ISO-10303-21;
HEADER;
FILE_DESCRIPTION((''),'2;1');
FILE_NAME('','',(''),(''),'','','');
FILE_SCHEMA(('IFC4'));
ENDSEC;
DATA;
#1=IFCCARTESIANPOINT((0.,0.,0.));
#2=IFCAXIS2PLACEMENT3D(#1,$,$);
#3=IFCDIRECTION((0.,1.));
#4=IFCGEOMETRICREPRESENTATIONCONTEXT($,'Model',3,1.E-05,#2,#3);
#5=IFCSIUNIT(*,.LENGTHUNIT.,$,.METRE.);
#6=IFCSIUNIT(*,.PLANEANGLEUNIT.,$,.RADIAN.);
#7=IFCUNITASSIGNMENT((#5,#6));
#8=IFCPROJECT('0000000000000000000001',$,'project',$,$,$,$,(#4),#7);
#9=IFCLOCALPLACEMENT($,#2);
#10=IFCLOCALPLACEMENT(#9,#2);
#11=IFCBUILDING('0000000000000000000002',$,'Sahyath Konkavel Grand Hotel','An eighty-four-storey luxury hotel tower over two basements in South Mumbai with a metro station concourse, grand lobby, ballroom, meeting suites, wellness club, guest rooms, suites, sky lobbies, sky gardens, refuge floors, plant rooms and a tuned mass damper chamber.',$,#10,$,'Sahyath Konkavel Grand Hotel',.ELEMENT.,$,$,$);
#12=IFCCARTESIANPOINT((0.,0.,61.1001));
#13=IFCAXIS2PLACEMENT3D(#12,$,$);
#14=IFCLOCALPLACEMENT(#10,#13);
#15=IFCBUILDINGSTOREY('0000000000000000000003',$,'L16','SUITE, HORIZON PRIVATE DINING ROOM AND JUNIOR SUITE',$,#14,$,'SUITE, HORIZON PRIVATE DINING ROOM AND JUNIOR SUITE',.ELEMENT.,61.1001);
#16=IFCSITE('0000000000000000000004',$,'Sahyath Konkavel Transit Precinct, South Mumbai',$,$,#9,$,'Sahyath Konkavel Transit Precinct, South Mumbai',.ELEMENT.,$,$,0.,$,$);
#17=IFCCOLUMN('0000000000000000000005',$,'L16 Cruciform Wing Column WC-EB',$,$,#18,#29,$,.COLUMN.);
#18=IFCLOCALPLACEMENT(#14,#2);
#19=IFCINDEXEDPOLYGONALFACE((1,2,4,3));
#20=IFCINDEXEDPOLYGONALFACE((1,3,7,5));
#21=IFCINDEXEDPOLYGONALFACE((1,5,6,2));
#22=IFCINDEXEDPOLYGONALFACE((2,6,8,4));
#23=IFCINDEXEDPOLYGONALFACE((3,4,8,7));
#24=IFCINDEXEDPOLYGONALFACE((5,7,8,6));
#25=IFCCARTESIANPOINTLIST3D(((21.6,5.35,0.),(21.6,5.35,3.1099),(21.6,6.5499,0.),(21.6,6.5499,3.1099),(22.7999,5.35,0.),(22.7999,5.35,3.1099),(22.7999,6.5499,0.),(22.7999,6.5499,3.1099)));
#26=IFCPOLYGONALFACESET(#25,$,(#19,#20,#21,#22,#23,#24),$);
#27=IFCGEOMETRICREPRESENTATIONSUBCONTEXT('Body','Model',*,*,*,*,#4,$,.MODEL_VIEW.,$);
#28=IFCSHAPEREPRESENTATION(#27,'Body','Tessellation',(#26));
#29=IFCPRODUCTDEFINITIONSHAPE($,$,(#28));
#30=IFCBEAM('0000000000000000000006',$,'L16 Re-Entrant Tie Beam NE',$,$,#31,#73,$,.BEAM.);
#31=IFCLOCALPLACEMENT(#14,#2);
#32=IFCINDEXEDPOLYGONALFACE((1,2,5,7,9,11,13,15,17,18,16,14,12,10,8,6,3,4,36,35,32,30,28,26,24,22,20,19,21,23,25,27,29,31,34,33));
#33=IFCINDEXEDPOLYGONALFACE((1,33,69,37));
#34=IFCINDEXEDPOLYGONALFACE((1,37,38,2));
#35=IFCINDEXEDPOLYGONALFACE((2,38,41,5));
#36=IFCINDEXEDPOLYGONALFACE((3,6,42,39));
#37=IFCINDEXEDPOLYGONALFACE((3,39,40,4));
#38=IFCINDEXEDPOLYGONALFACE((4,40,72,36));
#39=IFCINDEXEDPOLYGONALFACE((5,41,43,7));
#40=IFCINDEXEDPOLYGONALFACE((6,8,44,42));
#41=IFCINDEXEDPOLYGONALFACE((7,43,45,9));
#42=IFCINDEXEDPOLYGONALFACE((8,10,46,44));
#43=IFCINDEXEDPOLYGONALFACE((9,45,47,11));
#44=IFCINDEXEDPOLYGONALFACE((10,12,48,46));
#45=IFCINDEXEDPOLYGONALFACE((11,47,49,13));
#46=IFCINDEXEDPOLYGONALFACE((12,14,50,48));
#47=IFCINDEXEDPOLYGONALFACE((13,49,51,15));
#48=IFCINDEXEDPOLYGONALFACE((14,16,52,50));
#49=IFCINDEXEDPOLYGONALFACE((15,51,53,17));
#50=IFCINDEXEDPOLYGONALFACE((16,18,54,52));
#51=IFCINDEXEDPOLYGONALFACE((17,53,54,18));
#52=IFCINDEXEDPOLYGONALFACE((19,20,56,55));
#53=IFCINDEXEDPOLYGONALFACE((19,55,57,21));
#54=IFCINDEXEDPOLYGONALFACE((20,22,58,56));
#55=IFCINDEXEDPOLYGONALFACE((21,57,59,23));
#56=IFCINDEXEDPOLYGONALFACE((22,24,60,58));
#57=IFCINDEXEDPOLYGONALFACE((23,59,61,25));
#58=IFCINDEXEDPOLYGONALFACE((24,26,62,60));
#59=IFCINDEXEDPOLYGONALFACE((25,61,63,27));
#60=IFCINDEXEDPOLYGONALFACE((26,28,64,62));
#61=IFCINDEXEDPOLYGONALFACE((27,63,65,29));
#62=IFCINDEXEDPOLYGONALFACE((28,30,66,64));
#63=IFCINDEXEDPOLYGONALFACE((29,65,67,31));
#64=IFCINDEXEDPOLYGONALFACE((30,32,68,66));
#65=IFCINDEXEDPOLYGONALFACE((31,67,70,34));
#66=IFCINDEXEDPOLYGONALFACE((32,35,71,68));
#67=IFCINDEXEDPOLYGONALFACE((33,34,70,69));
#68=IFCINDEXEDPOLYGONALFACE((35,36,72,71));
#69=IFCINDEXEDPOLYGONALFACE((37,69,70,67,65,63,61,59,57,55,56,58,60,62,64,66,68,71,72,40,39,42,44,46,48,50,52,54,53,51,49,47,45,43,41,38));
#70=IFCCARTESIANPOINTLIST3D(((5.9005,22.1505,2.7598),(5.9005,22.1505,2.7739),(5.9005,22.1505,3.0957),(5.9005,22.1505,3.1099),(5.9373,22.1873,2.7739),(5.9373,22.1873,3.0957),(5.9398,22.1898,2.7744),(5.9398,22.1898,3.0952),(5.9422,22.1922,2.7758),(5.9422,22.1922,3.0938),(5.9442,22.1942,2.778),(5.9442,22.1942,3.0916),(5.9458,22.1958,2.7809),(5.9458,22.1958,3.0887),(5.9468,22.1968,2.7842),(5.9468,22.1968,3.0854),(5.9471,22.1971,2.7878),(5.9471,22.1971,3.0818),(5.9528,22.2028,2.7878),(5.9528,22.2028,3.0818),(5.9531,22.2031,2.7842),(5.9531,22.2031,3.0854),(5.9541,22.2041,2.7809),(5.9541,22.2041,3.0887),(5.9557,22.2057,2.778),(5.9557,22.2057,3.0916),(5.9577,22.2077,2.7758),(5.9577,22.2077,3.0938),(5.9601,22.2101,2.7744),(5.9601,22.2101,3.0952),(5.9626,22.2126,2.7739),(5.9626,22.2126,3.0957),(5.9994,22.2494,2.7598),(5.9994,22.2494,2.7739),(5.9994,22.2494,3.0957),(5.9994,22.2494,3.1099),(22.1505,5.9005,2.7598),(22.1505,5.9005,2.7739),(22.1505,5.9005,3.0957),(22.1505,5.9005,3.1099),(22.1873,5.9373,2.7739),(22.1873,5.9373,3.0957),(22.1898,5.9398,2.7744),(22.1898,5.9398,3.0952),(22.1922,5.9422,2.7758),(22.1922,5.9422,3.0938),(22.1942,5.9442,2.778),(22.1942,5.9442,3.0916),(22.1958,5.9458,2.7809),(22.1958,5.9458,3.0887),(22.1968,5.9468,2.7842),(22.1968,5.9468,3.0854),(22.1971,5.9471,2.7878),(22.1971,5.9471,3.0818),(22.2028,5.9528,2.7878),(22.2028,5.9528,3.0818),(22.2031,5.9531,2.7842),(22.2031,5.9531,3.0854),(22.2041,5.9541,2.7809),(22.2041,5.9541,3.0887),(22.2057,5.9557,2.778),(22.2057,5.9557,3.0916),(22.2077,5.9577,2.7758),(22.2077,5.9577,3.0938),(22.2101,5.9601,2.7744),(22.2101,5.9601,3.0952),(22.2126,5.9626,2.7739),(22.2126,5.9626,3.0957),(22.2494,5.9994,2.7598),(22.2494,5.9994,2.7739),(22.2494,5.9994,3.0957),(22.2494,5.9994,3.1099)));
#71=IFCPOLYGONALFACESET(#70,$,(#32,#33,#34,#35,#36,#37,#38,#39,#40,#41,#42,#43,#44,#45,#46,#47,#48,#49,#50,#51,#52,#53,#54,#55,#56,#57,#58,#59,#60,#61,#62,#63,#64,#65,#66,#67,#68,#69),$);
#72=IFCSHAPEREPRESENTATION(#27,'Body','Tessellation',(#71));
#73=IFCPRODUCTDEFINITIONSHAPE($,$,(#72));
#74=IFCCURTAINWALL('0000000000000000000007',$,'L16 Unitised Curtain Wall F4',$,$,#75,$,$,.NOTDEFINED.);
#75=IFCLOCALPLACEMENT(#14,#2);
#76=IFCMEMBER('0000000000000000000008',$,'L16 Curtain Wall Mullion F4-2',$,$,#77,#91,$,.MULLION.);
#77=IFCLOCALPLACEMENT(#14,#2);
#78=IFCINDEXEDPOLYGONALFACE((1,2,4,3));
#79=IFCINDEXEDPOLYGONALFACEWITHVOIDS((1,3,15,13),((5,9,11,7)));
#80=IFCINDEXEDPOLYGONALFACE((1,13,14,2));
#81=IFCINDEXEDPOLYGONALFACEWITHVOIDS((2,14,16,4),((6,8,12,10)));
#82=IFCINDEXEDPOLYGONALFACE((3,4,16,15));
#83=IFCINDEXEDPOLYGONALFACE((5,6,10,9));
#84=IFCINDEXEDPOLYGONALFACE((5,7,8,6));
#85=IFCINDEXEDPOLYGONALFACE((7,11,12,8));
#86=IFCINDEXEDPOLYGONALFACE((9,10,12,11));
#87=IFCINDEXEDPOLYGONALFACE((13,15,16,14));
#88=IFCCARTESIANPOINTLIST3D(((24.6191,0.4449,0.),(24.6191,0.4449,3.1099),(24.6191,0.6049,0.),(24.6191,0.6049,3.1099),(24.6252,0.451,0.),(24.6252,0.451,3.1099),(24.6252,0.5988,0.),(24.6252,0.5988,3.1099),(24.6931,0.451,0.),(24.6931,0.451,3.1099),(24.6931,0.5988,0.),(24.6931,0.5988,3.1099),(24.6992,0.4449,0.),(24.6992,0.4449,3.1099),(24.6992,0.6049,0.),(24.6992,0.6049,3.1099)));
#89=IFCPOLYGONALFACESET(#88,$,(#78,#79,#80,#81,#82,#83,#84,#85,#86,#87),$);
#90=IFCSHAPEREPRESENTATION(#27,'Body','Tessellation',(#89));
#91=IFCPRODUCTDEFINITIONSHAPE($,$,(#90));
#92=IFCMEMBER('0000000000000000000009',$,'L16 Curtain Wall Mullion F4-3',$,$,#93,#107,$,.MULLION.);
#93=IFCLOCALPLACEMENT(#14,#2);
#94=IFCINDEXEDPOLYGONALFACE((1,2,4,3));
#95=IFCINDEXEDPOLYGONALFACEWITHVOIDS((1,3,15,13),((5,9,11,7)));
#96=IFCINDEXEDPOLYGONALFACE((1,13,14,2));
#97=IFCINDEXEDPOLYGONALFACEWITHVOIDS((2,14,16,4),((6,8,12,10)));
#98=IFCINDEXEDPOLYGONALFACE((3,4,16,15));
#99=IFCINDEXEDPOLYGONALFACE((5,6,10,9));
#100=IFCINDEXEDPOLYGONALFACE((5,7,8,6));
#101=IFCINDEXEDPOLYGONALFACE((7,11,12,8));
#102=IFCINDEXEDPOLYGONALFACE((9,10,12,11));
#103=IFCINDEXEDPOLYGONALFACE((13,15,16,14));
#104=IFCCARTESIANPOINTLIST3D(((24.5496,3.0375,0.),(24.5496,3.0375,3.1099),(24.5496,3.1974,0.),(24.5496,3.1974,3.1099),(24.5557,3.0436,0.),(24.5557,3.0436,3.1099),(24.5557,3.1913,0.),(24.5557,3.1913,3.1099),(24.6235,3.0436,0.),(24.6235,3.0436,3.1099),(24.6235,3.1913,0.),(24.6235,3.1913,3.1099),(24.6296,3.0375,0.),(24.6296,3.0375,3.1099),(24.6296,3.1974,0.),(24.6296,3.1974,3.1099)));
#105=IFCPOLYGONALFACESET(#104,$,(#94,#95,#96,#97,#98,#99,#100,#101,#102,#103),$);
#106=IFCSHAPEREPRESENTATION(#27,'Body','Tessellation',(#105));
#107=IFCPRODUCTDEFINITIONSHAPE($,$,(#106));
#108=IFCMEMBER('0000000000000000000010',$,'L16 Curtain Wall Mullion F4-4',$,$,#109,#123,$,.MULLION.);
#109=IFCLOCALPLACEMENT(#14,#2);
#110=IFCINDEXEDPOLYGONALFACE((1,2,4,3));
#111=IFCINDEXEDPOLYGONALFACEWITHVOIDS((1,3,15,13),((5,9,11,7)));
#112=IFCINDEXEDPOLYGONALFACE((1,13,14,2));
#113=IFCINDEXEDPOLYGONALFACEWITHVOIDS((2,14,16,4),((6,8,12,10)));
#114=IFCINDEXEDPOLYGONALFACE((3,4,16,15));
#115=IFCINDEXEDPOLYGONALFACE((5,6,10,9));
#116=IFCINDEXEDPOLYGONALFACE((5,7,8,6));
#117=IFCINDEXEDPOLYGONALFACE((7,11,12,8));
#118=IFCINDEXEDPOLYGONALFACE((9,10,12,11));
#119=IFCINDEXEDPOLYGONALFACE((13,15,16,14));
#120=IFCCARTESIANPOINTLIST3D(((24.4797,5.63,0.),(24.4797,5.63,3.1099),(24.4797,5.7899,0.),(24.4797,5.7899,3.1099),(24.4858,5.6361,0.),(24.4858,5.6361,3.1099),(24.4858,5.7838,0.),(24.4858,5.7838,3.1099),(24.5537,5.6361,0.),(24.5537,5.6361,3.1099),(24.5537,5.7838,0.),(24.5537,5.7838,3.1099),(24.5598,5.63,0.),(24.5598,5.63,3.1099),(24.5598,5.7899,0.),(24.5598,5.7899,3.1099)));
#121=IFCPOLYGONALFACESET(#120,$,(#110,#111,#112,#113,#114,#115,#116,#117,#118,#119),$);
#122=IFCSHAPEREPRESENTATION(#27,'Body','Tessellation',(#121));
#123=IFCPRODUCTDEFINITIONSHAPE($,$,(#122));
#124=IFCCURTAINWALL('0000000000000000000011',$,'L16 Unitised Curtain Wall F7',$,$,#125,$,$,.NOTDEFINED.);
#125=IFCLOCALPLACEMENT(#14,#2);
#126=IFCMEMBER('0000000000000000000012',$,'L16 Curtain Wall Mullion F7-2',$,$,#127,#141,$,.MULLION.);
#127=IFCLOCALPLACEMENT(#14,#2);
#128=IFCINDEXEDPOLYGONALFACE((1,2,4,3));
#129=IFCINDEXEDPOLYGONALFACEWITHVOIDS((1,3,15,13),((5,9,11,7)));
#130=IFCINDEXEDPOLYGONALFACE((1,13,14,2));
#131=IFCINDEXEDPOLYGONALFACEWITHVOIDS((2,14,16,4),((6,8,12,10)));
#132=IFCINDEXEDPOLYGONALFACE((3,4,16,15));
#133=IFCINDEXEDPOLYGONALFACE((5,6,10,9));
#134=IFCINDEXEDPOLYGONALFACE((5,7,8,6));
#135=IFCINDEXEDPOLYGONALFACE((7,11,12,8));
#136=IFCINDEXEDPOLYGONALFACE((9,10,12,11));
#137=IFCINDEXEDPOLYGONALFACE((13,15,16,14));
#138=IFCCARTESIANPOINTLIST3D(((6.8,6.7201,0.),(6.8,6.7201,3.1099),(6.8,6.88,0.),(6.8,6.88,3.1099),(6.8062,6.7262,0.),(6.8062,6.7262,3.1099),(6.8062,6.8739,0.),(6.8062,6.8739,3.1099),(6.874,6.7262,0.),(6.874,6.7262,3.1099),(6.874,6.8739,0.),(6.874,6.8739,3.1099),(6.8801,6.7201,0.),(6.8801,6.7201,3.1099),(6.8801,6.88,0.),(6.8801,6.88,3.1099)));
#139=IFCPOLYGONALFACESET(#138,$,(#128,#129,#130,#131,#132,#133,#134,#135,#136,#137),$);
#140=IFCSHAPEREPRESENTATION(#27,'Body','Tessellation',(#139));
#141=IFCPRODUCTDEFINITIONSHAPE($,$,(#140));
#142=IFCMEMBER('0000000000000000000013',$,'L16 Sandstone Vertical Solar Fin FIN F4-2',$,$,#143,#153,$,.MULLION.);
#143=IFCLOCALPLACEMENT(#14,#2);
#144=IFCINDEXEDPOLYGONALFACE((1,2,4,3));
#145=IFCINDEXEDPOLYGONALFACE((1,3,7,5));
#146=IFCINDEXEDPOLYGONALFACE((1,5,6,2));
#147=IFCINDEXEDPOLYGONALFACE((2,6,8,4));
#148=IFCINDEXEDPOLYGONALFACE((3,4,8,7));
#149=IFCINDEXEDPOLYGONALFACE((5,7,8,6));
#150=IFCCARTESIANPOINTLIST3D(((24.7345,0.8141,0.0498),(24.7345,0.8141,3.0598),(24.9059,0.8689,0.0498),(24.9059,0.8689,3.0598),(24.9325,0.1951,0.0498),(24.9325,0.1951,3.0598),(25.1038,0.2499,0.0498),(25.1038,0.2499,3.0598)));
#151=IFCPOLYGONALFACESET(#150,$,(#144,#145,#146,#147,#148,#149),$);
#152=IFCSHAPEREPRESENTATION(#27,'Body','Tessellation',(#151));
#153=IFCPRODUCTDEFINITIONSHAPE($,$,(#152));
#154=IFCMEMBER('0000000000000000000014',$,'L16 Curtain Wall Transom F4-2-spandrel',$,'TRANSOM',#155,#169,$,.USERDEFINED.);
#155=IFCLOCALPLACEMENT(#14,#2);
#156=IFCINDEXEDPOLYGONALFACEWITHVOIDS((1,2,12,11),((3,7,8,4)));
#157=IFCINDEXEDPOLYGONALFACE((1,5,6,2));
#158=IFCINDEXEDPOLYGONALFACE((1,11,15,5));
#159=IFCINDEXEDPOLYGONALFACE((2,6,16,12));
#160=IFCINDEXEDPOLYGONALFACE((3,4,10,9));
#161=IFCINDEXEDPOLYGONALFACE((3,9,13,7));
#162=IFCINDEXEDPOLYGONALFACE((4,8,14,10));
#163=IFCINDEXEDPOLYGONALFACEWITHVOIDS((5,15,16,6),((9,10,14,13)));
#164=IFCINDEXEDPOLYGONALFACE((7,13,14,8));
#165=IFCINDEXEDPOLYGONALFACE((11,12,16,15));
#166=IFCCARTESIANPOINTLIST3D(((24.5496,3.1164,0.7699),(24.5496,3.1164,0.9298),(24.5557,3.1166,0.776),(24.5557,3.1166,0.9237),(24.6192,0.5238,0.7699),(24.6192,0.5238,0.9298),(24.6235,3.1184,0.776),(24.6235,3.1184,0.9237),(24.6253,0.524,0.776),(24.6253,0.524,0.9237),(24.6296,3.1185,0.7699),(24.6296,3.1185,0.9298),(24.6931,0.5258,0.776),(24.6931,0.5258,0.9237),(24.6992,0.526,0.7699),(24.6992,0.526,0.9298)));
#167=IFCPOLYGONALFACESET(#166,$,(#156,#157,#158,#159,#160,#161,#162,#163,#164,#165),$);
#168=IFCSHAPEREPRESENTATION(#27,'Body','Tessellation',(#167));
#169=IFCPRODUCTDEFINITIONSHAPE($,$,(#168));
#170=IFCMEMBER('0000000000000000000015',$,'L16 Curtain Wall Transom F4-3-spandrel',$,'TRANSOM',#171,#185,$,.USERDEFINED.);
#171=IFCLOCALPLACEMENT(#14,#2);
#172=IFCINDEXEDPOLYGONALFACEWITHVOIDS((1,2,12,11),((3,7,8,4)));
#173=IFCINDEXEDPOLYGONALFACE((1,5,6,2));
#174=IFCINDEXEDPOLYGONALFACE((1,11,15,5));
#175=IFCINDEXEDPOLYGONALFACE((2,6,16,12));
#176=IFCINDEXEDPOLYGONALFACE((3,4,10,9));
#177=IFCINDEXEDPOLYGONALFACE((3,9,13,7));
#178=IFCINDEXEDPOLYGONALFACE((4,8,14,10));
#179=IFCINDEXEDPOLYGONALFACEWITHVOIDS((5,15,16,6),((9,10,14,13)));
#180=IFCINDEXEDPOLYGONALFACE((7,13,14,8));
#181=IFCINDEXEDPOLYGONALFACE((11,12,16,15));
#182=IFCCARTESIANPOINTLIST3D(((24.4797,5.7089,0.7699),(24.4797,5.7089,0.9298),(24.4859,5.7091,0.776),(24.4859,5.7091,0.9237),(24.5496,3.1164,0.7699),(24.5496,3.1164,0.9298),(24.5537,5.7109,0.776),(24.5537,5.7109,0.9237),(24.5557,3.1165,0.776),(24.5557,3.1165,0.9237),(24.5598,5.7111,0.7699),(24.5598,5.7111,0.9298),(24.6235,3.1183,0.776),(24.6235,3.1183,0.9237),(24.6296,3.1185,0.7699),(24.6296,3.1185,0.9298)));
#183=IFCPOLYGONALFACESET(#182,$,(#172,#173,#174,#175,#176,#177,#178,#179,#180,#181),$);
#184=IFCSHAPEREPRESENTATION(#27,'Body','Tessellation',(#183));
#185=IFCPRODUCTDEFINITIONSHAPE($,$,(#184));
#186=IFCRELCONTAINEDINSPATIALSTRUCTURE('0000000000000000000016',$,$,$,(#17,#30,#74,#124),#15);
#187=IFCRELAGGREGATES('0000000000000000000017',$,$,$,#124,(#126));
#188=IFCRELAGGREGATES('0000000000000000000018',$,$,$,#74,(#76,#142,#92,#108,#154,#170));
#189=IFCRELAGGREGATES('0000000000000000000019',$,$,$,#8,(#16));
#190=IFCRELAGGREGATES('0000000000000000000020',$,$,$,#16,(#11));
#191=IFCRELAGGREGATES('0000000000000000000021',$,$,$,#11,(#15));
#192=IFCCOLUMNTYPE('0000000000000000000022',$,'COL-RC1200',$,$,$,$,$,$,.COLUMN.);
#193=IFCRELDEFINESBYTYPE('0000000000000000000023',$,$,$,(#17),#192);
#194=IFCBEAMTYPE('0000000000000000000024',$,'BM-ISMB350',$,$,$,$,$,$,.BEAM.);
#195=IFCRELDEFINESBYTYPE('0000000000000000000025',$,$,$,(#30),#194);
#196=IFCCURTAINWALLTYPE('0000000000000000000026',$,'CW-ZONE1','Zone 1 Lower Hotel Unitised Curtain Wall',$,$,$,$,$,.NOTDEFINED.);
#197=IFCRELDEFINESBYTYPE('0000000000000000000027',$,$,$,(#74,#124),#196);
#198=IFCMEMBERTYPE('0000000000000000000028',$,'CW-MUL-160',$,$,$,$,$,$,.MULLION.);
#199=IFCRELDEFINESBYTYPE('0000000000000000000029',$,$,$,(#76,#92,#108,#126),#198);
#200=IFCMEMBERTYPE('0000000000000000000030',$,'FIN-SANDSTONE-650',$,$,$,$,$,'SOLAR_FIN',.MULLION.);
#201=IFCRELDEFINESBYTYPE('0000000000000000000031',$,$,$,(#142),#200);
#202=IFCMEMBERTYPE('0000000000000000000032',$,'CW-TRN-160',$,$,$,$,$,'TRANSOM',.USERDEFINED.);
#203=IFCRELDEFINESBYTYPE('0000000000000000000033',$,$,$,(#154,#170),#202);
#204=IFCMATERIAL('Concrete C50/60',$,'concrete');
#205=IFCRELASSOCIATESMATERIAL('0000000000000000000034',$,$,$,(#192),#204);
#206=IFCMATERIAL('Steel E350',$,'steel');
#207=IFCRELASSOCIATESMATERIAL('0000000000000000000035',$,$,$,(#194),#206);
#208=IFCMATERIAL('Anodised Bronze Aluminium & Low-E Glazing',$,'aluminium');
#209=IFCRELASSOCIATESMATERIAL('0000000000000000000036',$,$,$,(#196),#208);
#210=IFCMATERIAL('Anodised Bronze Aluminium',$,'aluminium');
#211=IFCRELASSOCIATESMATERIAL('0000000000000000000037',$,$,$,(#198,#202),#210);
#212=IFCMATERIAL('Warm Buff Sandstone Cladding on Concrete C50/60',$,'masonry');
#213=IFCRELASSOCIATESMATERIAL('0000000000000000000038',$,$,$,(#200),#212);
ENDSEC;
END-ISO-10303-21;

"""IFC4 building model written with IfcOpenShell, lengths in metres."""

from ifc_helpers import new_model, si_unit, direction, frame, origin, origin_2d, place, context, subcontext, project, spatial, rectangle, hollow_rectangle, i_section, extrude, source, transform, mapped, material, material_profile, profile_set, type_object, element, aggregate, save


model = new_model("IFC4")

# Units and contexts
model_context = context("Model", 3, precision=1e-05, world=origin(), true_north=direction((0.0, 1.0)))
body_context = subcontext(model_context, "Body", "Model", "MODEL_VIEW")
ifc_project = project(units=[si_unit("LENGTHUNIT", "METRE"), si_unit("PLANEANGLEUNIT", "RADIAN")], contexts=[model_context])

# Site, building, storey
site_placement = place(None, origin())
site = spatial("IfcSite", under=ifc_project, at=site_placement, Name="Sahyath Konkavel Transit Precinct, South Mumbai", LongName="Sahyath Konkavel Transit Precinct, South Mumbai", CompositionType="ELEMENT", RefElevation=0.0)
building_placement = place(site_placement, origin())
building = spatial("IfcBuilding", under=site, at=building_placement, Name="Sahyath Konkavel Grand Hotel", Description="An eighty-four-storey luxury hotel tower over two basements in South Mumbai with a metro station concourse, grand lobby, ballroom, meeting suites, wellness club, guest rooms, suites, sky lobbies, sky gardens, refuge floors, plant rooms and a tuned mass damper chamber.", LongName="Sahyath Konkavel Grand Hotel", CompositionType="ELEMENT")
storey_placement = place(building_placement, frame((0.0, 0.0, 61.1001)))
storey = spatial("IfcBuildingStorey", under=building, at=storey_placement, Name="L16", Description="SUITE, HORIZON PRIVATE DINING ROOM AND JUNIOR SUITE", LongName="SUITE, HORIZON PRIVATE DINING ROOM AND JUNIOR SUITE", CompositionType="ELEMENT", Elevation=61.1001)

# Column
ifc_material_1 = material(Name="Concrete C50/60", Category="concrete")
ifc_material_profile_1 = material_profile(ifc_material_1, rectangle(XDim=1.2, YDim=1.2, at=origin_2d()), Name="RC 1200x1200")
ifc_profile_set_1 = profile_set([ifc_material_profile_1], Name="Concrete C50/60")
column_type = type_object("IfcColumnType", Name="COL-RC1200", PredefinedType="COLUMN", material=ifc_profile_set_1)
shared_shape_1 = source(origin(), body_context, "Body", "SweptSolid", [
    extrude(rectangle(XDim=1.2, YDim=1.2, at=origin_2d()), origin(), (0.0, 0.0, 1.0), 3.1099),
])
column_placement = place(storey_placement, frame((22.2, 5.95, 0.0), z_axis=(0.0, 0.0, 1.0), x_axis=(1.0, 0.0, 0.0)))
element("IfcColumn", 1, at=column_placement, inside=storey, type_object=column_type, Name="L16 Cruciform Wing Column WC-EB", PredefinedType="COLUMN", context=body_context, shape_type="MappedRepresentation", body=[
    mapped(shared_shape_1, transform((0.0, 0.0, 0.0), scale=1.0)),
])

# Beam
ifc_material_2 = material(Name="Steel E350", Category="steel")
ifc_material_profile_2 = material_profile(ifc_material_2, i_section(OverallWidth=0.1399, OverallDepth=0.3501, WebThickness=0.0081, FlangeThickness=0.0142, FilletRadius=0.0139, at=origin_2d()), Name="ISMB 350")
ifc_profile_set_2 = profile_set([ifc_material_profile_2], Name="Steel E350")
beam_type_1 = type_object("IfcBeamType", Name="BM-ISMB350", PredefinedType="BEAM", material=ifc_profile_set_2)
shared_shape_2 = source(origin(), body_context, "Body", "SweptSolid", [
    extrude(i_section(OverallWidth=0.1399, OverallDepth=0.3501, WebThickness=0.0081, FlangeThickness=0.0142, FilletRadius=0.0139, at=origin_2d()), origin(), (0.0, 0.0, 1.0), 22.981),
])
beam_1_placement = place(storey_placement, frame((22.2, 5.95, 2.9348), z_axis=(-0.707107, 0.707107, 0.0), x_axis=(-0.707107, -0.707107, 0.0)))
element("IfcBeam", 2, at=beam_1_placement, inside=storey, type_object=beam_type_1, Name="L16 Re-Entrant Tie Beam NE", PredefinedType="BEAM", context=body_context, shape_type="MappedRepresentation", body=[
    mapped(shared_shape_2, transform((0.0, 0.0, 0.0), scale=1.0)),
])

# Curtain wall, members
ifc_material_3 = material(Name="Anodised Bronze Aluminium & Low-E Glazing", Category="aluminium")
curtain_wall_type = type_object("IfcCurtainWallType", Name="CW-ZONE1", Description="Zone 1 Lower Hotel Unitised Curtain Wall", PredefinedType="NOTDEFINED", material=ifc_material_3)
curtain_wall_1_placement = place(storey_placement, origin())
curtain_wall_1 = element("IfcCurtainWall", 3, at=curtain_wall_1_placement, inside=storey, type_object=curtain_wall_type, Name="L16 Unitised Curtain Wall F4", PredefinedType="NOTDEFINED")
ifc_material_4 = material(Name="Anodised Bronze Aluminium", Category="aluminium")
ifc_material_profile_3 = material_profile(ifc_material_4, hollow_rectangle(XDim=0.0801, YDim=0.1599, WallThickness=0.0061, at=origin_2d()), Name="RHS 160x80x6")
ifc_profile_set_3 = profile_set([ifc_material_profile_3], Name="Anodised Bronze Aluminium")
member_type_1 = type_object("IfcMemberType", Name="CW-MUL-160", PredefinedType="MULLION", material=ifc_profile_set_3)
shared_shape_3 = source(origin(), body_context, "Body", "SweptSolid", [
    extrude(hollow_rectangle(XDim=0.0801, YDim=0.1599, WallThickness=0.0061, at=origin_2d()), origin(), (0.0, 0.0, 1.0), 3.1099),
])
member_1_placement = place(storey_placement, frame((24.6592, 0.5249, 0.0), z_axis=(0.0, 0.0, 1.0), x_axis=(1.0, 0.0, 0.0)))
member_1 = element("IfcMember", 4, at=member_1_placement, type_object=member_type_1, Name="L16 Curtain Wall Mullion F4-2", PredefinedType="MULLION", context=body_context, shape_type="MappedRepresentation", body=[
    mapped(shared_shape_3, transform((0.0, 0.0, 0.0), scale=1.0)),
])
member_2_placement = place(storey_placement, frame((24.5896, 3.1174, 0.0), z_axis=(0.0, 0.0, 1.0), x_axis=(1.0, 0.0, 0.0)))
member_2 = element("IfcMember", 5, at=member_2_placement, type_object=member_type_1, Name="L16 Curtain Wall Mullion F4-3", PredefinedType="MULLION", context=body_context, shape_type="MappedRepresentation", body=[
    mapped(shared_shape_3, transform((0.0, 0.0, 0.0), scale=1.0)),
])
member_3_placement = place(storey_placement, frame((24.5198, 5.71, 0.0), z_axis=(0.0, 0.0, 1.0), x_axis=(1.0, 0.0, 0.0)))
member_3 = element("IfcMember", 6, at=member_3_placement, type_object=member_type_1, Name="L16 Curtain Wall Mullion F4-4", PredefinedType="MULLION", context=body_context, shape_type="MappedRepresentation", body=[
    mapped(shared_shape_3, transform((0.0, 0.0, 0.0), scale=1.0)),
])

# Curtain wall, member
curtain_wall_2_placement = place(storey_placement, origin())
curtain_wall_2 = element("IfcCurtainWall", 7, at=curtain_wall_2_placement, inside=storey, type_object=curtain_wall_type, Name="L16 Unitised Curtain Wall F7", PredefinedType="NOTDEFINED")
member_4_placement = place(storey_placement, frame((6.8401, 6.8, 0.0), z_axis=(0.0, 0.0, 1.0), x_axis=(1.0, 0.0, 0.0)))
member_4 = element("IfcMember", 8, at=member_4_placement, type_object=member_type_1, Name="L16 Curtain Wall Mullion F7-2", PredefinedType="MULLION", context=body_context, shape_type="MappedRepresentation", body=[
    mapped(shared_shape_3, transform((0.0, 0.0, 0.0), scale=1.0)),
])

# Members
ifc_material_5 = material(Name="Warm Buff Sandstone Cladding on Concrete C50/60", Category="masonry")
ifc_material_profile_4 = material_profile(ifc_material_5, rectangle(XDim=0.1799, YDim=0.6499, at=origin_2d()), Name="FIN 180x650")
ifc_profile_set_4 = profile_set([ifc_material_profile_4], Name="Warm Buff Sandstone Cladding on Concrete C50/60")
member_type_2 = type_object("IfcMemberType", Name="FIN-SANDSTONE-650", ElementType="SOLAR_FIN", PredefinedType="MULLION", material=ifc_profile_set_4)
shared_shape_4 = source(origin(), body_context, "Body", "SweptSolid", [
    extrude(rectangle(XDim=0.1799, YDim=0.6499, at=origin_2d()), origin(), (0.0, 0.0, 1.0), 3.01),
])
member_5_placement = place(storey_placement, frame((24.9192, 0.532, 0.0498), z_axis=(0.0, 0.0, 1.0), x_axis=(0.952502, 0.304532, 0.0)))
member_5 = element("IfcMember", 9, at=member_5_placement, type_object=member_type_2, Name="L16 Sandstone Vertical Solar Fin FIN F4-2", PredefinedType="MULLION", context=body_context, shape_type="MappedRepresentation", body=[
    mapped(shared_shape_4, transform((0.0, 0.0, 0.0), scale=1.0)),
])
ifc_material_profile_5 = material_profile(ifc_material_4, hollow_rectangle(XDim=0.0801, YDim=0.1599, WallThickness=0.0061, at=origin_2d()), Name="RHS 160x80x6")
ifc_profile_set_5 = profile_set([ifc_material_profile_5], Name="Anodised Bronze Aluminium")
member_type_3 = type_object("IfcMemberType", Name="CW-TRN-160", ElementType="TRANSOM", PredefinedType="USERDEFINED", material=ifc_profile_set_5)
shared_shape_5 = source(origin(), body_context, "Body", "SweptSolid", [
    extrude(hollow_rectangle(XDim=0.0801, YDim=0.1599, WallThickness=0.0061, at=origin_2d()), origin(), (0.0, 0.0, 1.0), 2.5935),
])
member_6_placement = place(storey_placement, frame((24.6592, 0.5249, 0.8499), z_axis=(-0.026829, 0.99964, 0.0), x_axis=(-0.99964, -0.026829, 0.0)))
member_6 = element("IfcMember", 10, at=member_6_placement, type_object=member_type_3, Name="L16 Curtain Wall Transom F4-2-spandrel", ObjectType="TRANSOM", PredefinedType="USERDEFINED", context=body_context, shape_type="MappedRepresentation", body=[
    mapped(shared_shape_5, transform((0.0, 0.0, 0.0), scale=1.0)),
])
member_7_placement = place(storey_placement, frame((24.5896, 3.1174, 0.8499), z_axis=(-0.026923, 0.999638, 0.0), x_axis=(-0.999638, -0.026923, 0.0)))
member_7 = element("IfcMember", 11, at=member_7_placement, type_object=member_type_3, Name="L16 Curtain Wall Transom F4-3-spandrel", ObjectType="TRANSOM", PredefinedType="USERDEFINED", context=body_context, shape_type="MappedRepresentation", body=[
    mapped(shared_shape_5, transform((0.0, 0.0, 0.0), scale=1.0)),
])

aggregate(curtain_wall_2, [member_4])
aggregate(curtain_wall_1, [member_1, member_5, member_2, member_3, member_6, member_7])

save(model, "model.ifc")
